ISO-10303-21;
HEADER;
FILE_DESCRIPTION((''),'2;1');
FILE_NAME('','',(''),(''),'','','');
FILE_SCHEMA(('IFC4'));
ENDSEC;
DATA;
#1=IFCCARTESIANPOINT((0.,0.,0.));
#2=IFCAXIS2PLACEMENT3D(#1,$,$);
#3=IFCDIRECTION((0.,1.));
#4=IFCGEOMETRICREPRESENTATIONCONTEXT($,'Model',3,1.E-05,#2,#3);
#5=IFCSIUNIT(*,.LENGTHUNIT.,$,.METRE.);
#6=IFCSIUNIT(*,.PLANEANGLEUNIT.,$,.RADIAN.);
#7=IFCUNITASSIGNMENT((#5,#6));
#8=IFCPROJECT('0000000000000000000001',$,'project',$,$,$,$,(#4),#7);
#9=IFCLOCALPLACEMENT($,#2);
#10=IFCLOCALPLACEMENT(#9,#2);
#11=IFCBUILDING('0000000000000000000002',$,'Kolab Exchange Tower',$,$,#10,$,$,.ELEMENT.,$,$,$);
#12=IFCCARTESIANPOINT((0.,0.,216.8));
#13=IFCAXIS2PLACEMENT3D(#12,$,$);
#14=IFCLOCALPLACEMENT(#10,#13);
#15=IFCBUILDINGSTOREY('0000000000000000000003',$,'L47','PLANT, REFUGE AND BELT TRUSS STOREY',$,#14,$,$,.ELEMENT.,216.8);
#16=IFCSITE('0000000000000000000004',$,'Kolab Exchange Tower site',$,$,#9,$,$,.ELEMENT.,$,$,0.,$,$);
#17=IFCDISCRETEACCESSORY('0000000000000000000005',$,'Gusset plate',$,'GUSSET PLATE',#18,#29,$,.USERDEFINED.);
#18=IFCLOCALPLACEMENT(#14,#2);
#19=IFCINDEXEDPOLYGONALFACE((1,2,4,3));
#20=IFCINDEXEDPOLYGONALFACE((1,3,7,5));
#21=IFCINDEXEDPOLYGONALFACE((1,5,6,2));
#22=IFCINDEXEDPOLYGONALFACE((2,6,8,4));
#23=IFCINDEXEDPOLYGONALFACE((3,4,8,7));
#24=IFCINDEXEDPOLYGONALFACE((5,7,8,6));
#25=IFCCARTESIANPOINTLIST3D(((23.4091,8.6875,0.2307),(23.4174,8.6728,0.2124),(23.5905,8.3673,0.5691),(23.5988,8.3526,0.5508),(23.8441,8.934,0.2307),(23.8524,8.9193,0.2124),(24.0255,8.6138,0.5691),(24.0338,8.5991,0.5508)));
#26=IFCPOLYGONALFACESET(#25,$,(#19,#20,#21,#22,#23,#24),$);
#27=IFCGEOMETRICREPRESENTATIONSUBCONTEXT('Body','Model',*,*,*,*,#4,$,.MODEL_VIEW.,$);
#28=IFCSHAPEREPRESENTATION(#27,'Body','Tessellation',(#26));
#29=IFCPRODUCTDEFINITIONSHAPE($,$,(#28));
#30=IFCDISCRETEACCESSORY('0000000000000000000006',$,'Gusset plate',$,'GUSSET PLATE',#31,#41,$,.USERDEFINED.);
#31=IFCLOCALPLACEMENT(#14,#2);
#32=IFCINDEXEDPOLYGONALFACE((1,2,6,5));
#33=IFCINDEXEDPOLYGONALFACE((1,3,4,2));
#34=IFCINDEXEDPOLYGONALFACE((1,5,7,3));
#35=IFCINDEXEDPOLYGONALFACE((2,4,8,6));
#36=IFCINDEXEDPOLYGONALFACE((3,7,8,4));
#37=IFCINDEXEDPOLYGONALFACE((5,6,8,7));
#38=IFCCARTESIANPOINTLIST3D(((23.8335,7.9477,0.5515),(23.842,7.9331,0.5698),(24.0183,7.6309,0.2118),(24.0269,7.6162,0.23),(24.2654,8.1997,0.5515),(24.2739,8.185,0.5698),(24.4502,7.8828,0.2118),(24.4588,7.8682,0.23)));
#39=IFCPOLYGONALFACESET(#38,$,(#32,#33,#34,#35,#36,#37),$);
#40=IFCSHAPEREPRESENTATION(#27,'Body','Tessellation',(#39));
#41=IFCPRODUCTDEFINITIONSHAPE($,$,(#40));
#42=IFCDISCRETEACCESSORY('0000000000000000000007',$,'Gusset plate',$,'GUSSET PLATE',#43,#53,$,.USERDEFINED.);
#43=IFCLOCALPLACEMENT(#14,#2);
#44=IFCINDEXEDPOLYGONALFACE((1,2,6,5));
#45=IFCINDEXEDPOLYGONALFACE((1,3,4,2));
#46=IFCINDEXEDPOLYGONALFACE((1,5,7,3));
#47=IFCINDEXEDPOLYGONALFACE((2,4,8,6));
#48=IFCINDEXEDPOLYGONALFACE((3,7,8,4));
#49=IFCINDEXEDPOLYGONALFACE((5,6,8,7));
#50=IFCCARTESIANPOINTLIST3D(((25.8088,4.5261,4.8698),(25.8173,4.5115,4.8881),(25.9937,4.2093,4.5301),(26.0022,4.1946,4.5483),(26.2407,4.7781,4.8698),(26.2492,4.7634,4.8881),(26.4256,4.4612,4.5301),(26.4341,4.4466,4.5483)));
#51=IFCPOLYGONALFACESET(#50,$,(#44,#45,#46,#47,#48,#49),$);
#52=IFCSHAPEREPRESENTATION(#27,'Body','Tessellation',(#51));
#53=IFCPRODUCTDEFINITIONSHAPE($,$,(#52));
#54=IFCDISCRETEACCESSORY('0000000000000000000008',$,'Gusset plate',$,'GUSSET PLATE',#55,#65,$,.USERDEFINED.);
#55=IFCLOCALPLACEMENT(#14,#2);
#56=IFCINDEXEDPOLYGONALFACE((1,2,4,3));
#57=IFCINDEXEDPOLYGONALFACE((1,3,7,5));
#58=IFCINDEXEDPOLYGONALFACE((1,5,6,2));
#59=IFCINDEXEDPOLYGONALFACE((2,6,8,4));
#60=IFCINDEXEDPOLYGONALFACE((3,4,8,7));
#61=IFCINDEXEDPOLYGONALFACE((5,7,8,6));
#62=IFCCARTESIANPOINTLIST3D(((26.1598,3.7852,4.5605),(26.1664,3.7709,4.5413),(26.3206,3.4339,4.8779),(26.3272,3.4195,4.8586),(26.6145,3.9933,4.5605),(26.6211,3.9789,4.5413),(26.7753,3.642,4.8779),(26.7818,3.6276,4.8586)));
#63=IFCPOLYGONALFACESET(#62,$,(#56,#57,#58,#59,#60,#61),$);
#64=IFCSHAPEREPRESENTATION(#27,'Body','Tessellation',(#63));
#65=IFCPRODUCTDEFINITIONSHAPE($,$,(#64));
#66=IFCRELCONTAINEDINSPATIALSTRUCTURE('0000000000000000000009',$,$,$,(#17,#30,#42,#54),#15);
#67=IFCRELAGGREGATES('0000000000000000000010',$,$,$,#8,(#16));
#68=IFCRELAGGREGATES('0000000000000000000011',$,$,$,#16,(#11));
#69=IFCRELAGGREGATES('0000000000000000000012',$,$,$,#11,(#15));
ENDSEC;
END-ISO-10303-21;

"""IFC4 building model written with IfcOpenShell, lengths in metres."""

from ifc_helpers import new_model, si_unit, direction, frame, origin, origin_2d, place, context, subcontext, project, spatial, rectangle, extrude, element, save


model = new_model("IFC4")

# Units and contexts
model_context = context("Model", 3, precision=1e-05, world=origin(), true_north=direction((0.0, 1.0)))
body_context = subcontext(model_context, "Body", "Model", "MODEL_VIEW")
ifc_project = project(units=[si_unit("LENGTHUNIT", "METRE"), si_unit("PLANEANGLEUNIT", "RADIAN")], contexts=[model_context])

# Site, building, storey
site_placement = place(None, origin())
site = spatial("IfcSite", under=ifc_project, at=site_placement, Name="Kolab Exchange Tower site", CompositionType="ELEMENT", RefElevation=0.0)
building_placement = place(site_placement, origin())
building = spatial("IfcBuilding", under=site, at=building_placement, Name="Kolab Exchange Tower", CompositionType="ELEMENT")
storey_placement = place(building_placement, frame((0.0, 0.0, 216.8)))
storey = spatial("IfcBuildingStorey", under=building, at=storey_placement, Name="L47", Description="PLANT, REFUGE AND BELT TRUSS STOREY", CompositionType="ELEMENT", Elevation=216.8)

# Discrete accessories
for number, where, z_axis, x_axis, name in (
    (1, (23.7173, 8.6506, 0.3999), (0.333702, -0.588887, -0.736108), (0.870022, 0.493013, 0.0), "Gusset plate"),
    (2, (24.1504, 7.9006, 0.3999), (-0.342381, 0.586939, -0.733674), (-0.863779, -0.503871, 0.0), "Gusset plate"),
    (3, (26.1172, 4.4937, 4.7), (0.342381, -0.586939, 0.733674), (0.863779, 0.503871, 0.0), "Gusset plate"),
    (4, (26.4741, 3.6992, 4.7), (-0.26411, 0.577129, 0.772766), (-0.909308, -0.416124, 0.0), "Gusset plate"),
):
    element("IfcDiscreteAccessory", number, at=place(storey_placement, frame(where, z_axis=z_axis, x_axis=x_axis)), inside=storey, Name=name, ObjectType="GUSSET PLATE", PredefinedType="USERDEFINED", context=body_context, shape_type="SweptSolid", body=[
        extrude(rectangle(XDim=0.5, YDim=0.5, at=origin_2d()), origin(), (0.0, 0.0, 1.0), 0.0249),
    ])

save(model, "model.ifc")
